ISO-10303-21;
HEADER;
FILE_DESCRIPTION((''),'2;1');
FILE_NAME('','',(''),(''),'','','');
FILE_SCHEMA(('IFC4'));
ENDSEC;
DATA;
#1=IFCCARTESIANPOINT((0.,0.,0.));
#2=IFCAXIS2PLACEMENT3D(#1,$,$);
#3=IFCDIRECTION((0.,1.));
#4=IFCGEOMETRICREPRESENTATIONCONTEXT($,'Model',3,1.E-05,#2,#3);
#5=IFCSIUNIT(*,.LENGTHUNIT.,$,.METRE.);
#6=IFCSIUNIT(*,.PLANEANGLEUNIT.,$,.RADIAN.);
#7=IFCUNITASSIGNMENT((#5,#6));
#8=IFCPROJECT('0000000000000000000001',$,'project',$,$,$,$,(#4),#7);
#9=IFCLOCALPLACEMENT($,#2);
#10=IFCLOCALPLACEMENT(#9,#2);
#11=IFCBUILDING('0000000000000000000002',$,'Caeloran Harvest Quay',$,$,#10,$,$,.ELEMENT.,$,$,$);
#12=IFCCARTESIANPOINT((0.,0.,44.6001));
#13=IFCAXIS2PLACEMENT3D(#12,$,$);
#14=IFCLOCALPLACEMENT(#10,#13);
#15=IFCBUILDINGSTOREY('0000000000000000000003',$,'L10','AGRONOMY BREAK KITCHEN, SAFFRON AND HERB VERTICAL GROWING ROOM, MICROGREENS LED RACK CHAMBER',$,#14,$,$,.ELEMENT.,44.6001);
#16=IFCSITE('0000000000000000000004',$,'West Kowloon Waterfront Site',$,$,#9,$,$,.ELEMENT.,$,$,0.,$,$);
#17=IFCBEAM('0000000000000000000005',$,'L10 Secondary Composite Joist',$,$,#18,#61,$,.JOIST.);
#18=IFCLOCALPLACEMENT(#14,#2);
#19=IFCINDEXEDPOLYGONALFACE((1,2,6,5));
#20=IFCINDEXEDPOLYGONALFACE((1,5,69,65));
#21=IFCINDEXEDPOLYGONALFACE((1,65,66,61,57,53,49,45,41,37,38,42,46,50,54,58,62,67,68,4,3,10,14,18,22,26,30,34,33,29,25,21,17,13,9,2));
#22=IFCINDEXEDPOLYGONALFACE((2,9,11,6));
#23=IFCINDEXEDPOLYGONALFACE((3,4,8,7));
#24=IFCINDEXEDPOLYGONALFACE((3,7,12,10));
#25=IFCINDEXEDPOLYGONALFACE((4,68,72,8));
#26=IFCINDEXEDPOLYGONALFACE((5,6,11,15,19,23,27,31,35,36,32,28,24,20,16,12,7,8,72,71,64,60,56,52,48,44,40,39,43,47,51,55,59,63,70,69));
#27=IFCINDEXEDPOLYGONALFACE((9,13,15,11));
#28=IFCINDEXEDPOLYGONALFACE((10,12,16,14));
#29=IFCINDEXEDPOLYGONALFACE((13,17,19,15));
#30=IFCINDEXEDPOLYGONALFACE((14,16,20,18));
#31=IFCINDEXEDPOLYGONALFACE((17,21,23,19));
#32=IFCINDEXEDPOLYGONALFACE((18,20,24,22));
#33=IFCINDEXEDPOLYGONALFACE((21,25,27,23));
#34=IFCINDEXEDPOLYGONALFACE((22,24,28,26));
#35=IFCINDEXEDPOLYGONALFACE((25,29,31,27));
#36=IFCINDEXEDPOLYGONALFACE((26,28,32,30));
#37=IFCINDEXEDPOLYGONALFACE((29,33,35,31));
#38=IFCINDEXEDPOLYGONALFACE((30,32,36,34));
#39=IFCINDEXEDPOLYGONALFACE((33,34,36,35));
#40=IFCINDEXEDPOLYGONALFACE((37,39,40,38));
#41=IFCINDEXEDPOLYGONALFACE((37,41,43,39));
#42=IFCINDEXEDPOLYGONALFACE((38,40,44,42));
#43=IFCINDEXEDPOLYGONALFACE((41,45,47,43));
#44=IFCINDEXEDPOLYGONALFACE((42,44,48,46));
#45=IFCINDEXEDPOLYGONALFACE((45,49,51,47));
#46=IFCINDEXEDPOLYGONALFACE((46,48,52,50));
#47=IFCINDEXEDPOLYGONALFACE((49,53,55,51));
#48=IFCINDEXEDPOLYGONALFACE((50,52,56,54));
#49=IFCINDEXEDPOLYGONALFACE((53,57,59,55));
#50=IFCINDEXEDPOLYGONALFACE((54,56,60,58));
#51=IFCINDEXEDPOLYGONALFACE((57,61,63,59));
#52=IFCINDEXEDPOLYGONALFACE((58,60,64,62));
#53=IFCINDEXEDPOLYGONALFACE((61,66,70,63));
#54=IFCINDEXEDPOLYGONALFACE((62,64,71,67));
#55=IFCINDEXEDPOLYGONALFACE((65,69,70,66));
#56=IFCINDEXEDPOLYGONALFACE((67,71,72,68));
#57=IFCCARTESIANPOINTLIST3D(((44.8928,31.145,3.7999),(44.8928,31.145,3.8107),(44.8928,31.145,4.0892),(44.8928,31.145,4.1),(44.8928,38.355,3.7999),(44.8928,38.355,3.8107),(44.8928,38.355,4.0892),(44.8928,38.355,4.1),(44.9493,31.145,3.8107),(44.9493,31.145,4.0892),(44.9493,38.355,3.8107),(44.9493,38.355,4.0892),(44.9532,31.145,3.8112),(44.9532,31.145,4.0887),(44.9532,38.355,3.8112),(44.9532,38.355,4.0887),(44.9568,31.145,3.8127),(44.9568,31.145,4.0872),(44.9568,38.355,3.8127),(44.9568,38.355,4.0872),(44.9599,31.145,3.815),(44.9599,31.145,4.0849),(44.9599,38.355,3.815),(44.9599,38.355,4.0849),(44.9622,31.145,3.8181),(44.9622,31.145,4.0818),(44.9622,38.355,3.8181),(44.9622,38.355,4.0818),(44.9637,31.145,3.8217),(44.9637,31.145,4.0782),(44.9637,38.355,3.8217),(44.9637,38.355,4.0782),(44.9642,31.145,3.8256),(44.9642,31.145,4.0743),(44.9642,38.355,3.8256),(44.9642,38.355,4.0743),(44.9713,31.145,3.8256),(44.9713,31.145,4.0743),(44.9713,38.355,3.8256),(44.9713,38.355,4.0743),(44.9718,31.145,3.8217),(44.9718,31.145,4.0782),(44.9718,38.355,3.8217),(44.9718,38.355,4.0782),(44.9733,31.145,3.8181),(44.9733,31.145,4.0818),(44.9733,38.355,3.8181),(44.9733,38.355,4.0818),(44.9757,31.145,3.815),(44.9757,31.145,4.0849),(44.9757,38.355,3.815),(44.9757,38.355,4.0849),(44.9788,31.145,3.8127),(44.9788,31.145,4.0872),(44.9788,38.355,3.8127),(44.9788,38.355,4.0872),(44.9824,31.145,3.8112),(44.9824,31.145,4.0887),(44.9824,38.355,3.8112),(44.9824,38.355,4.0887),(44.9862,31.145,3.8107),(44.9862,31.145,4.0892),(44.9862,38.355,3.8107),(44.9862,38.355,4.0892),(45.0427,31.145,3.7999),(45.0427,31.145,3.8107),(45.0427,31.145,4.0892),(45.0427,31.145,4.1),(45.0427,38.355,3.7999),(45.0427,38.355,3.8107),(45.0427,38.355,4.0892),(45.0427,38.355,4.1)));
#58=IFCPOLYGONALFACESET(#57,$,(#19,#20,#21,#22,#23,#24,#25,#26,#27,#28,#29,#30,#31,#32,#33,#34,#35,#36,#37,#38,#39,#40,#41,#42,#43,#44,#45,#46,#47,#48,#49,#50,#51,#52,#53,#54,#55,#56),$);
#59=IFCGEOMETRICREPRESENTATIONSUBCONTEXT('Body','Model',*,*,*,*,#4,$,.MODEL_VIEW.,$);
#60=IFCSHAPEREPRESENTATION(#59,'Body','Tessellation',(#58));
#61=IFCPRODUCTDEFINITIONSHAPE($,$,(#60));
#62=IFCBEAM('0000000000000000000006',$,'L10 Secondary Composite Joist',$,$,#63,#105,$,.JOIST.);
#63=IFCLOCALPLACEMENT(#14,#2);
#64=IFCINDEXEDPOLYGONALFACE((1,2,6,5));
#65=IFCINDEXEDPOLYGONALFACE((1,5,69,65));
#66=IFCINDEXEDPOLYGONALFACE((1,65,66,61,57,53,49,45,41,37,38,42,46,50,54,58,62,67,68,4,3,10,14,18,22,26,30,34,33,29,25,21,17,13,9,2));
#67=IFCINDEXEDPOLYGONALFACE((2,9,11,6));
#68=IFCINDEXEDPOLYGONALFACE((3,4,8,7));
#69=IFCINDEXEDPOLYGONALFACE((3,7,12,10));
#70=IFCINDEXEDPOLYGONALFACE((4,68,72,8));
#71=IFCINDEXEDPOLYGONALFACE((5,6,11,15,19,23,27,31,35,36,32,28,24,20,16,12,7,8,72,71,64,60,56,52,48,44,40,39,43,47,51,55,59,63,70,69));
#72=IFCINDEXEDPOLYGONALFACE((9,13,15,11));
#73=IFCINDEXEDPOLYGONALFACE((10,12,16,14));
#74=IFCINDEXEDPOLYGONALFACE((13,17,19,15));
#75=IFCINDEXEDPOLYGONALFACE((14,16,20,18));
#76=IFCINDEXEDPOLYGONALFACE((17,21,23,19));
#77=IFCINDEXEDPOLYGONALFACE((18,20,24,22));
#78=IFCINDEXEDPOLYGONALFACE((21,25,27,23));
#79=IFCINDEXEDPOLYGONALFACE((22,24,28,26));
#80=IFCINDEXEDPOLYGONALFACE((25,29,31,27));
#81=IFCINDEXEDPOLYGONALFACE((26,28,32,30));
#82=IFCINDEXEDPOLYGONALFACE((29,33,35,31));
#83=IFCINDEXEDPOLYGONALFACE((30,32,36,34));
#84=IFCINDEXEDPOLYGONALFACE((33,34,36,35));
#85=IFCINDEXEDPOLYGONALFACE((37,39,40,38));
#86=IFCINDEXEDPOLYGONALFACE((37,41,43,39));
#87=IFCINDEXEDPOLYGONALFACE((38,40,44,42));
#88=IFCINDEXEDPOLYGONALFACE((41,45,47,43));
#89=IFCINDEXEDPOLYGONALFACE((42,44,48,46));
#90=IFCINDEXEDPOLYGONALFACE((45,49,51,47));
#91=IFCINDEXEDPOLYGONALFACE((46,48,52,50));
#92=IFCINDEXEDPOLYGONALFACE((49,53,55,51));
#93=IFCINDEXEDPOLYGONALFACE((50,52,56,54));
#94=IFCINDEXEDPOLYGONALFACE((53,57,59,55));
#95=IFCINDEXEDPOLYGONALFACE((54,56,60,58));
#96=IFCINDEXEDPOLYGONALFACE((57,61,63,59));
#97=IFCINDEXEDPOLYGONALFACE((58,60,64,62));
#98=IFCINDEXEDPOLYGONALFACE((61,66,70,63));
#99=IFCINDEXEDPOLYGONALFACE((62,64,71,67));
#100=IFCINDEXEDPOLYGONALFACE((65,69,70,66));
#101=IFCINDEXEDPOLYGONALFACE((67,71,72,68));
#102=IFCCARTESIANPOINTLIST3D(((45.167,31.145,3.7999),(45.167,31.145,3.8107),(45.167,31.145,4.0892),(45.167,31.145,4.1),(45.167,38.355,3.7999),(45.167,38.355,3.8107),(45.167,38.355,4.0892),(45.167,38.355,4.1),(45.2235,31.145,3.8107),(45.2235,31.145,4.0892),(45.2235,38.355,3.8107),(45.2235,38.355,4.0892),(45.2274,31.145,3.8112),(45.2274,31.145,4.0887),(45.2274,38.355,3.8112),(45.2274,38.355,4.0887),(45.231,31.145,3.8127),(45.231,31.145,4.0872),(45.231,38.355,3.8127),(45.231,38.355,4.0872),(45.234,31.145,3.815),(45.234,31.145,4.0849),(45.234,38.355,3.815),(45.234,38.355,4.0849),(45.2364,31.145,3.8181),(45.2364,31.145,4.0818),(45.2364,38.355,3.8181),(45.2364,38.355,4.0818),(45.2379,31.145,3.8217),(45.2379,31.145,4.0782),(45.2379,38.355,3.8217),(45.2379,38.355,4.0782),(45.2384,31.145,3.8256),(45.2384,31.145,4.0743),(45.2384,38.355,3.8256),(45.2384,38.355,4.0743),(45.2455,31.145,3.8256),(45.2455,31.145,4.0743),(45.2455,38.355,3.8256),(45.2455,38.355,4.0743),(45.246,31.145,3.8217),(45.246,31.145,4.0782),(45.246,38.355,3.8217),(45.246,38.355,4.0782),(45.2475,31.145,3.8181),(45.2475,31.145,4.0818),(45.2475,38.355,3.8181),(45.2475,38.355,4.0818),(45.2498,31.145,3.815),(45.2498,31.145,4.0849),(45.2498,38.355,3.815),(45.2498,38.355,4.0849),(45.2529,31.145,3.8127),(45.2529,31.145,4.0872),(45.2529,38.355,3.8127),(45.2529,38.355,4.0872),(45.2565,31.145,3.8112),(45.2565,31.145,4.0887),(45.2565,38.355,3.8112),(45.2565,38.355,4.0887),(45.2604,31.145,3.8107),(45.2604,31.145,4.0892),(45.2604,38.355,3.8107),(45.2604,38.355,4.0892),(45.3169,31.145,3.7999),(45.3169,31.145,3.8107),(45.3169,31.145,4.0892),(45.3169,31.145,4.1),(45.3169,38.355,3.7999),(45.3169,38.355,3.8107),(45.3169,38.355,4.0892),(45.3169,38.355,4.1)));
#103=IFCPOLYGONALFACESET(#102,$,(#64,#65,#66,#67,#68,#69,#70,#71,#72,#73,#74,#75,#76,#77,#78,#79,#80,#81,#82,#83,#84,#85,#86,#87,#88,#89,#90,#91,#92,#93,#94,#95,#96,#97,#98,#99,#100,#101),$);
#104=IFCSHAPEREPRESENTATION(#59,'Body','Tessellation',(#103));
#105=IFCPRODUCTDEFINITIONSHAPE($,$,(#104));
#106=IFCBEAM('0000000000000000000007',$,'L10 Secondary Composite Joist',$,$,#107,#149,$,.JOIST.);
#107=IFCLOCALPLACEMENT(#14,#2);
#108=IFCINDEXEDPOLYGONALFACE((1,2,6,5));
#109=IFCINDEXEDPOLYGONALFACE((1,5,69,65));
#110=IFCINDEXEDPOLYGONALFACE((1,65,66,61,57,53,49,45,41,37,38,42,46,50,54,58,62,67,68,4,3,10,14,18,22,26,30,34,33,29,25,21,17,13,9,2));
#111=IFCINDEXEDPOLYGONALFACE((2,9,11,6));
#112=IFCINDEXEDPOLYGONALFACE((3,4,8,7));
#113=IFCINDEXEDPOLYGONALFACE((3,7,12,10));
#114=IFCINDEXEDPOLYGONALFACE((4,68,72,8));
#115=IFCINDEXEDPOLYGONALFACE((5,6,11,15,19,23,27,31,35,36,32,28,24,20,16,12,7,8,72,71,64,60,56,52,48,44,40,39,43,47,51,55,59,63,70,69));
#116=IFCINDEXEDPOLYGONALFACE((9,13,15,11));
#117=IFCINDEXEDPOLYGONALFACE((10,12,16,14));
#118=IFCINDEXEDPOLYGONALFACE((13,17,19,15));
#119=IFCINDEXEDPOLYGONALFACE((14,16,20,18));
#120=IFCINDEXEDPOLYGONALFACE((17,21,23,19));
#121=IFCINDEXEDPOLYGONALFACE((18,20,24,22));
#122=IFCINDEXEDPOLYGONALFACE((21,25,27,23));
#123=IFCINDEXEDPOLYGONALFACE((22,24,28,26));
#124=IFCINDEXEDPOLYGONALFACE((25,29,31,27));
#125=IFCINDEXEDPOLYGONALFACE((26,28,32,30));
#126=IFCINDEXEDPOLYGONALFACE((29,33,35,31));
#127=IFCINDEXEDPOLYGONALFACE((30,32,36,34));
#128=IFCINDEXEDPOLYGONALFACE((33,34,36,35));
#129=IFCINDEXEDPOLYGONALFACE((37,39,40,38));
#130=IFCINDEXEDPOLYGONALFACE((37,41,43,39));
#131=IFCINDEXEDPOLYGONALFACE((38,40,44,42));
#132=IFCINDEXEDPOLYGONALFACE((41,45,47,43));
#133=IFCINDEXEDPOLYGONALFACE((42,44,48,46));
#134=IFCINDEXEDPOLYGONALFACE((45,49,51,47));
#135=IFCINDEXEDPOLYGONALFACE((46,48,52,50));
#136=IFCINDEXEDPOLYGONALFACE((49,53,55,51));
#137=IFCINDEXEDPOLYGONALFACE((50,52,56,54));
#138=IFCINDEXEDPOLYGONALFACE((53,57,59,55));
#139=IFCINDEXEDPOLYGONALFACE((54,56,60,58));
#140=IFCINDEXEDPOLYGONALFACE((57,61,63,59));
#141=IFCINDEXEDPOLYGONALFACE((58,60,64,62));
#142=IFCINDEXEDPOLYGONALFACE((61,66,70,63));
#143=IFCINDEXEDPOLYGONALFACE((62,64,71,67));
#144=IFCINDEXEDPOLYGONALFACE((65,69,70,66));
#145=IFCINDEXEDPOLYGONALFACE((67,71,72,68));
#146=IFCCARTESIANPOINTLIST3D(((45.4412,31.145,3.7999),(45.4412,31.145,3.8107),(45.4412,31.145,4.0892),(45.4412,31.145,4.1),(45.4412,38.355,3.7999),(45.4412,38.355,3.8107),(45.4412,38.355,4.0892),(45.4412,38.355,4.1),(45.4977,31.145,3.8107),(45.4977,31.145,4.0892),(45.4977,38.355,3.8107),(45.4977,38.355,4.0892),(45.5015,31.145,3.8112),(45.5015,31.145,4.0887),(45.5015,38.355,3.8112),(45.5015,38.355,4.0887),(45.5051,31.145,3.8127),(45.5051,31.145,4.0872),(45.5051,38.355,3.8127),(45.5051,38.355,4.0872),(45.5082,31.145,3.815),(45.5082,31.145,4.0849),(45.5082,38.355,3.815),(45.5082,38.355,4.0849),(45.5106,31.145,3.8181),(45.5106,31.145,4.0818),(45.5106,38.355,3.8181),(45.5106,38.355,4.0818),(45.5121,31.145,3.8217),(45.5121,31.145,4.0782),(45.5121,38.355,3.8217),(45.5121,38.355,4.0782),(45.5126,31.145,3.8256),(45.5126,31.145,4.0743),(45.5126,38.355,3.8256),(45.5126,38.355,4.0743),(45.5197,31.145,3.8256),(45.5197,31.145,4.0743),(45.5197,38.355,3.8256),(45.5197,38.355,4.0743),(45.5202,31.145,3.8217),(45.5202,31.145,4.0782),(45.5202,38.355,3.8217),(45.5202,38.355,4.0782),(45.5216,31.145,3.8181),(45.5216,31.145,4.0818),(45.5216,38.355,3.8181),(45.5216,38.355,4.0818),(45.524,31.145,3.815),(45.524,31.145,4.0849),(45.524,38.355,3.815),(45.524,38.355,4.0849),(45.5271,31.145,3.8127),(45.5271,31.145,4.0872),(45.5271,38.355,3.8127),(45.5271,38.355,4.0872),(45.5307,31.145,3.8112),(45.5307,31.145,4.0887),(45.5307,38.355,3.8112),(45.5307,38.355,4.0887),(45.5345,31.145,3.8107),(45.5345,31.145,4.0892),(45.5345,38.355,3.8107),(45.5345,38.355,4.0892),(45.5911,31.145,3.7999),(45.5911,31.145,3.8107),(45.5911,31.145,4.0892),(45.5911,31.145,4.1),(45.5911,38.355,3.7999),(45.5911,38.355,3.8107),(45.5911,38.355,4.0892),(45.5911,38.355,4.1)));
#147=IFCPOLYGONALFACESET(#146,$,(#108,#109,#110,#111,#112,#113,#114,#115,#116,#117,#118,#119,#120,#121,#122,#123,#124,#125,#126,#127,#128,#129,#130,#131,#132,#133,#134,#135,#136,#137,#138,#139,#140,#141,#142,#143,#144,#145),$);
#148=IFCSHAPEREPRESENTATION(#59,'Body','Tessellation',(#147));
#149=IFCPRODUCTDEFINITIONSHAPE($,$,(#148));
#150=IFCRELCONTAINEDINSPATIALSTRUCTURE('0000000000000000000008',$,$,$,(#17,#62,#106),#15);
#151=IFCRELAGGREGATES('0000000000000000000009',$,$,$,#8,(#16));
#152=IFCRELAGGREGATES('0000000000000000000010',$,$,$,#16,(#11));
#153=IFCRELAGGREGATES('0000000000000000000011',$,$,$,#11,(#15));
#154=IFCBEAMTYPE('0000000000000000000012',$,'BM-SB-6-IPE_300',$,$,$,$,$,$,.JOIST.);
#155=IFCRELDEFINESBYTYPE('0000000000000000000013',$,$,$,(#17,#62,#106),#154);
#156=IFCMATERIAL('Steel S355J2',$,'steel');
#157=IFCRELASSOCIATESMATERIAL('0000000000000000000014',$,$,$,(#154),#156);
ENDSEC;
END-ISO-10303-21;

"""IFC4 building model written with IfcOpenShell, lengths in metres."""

from ifc_helpers import new_model, si_unit, direction, frame, origin, origin_2d, place, context, subcontext, project, spatial, i_section, extrude, material, material_profile, profile_set, type_object, element, save


model = new_model("IFC4")

# Units and contexts
model_context = context("Model", 3, precision=1e-05, world=origin(), true_north=direction((0.0, 1.0)))
body_context = subcontext(model_context, "Body", "Model", "MODEL_VIEW")
ifc_project = project(units=[si_unit("LENGTHUNIT", "METRE"), si_unit("PLANEANGLEUNIT", "RADIAN")], contexts=[model_context])

# Site, building, storey
site_placement = place(None, origin())
site = spatial("IfcSite", under=ifc_project, at=site_placement, Name="West Kowloon Waterfront Site", CompositionType="ELEMENT", RefElevation=0.0)
building_placement = place(site_placement, origin())
building = spatial("IfcBuilding", under=site, at=building_placement, Name="Caeloran Harvest Quay", CompositionType="ELEMENT")
storey_placement = place(building_placement, frame((0.0, 0.0, 44.6001)))
storey = spatial("IfcBuildingStorey", under=building, at=storey_placement, Name="L10", Description="AGRONOMY BREAK KITCHEN, SAFFRON AND HERB VERTICAL GROWING ROOM, MICROGREENS LED RACK CHAMBER", CompositionType="ELEMENT", Elevation=44.6001)

# Beams
ifc_material_1 = material(Name="Steel S355J2", Category="steel")
ifc_material_profile_1 = material_profile(ifc_material_1, i_section(OverallWidth=0.1499, OverallDepth=0.3, WebThickness=0.0071, FlangeThickness=0.0107, FilletRadius=0.0149, at=origin_2d()), Name="IPE 300")
ifc_profile_set_1 = profile_set([ifc_material_profile_1], Name="Steel S355J2")
beam_type_1 = type_object("IfcBeamType", Name="BM-SB-6-IPE_300", PredefinedType="JOIST", material=ifc_profile_set_1)
for number, where, z_axis, x_axis, name in (
    (1, (44.9678, 31.145, 3.95), (0.0, 1.0, 0.0), (-1.0, 0.0, 0.0), "L10 Secondary Composite Joist"),
    (2, (45.2419, 31.145, 3.95), (0.0, 1.0, 0.0), (-1.0, 0.0, 0.0), "L10 Secondary Composite Joist"),
    (3, (45.5161, 31.145, 3.95), (0.0, 1.0, 0.0), (-1.0, 0.0, 0.0), "L10 Secondary Composite Joist"),
):
    element("IfcBeam", number, at=place(storey_placement, frame(where, z_axis=z_axis, x_axis=x_axis)), inside=storey, type_object=beam_type_1, Name=name, PredefinedType="JOIST", context=body_context, shape_type="SweptSolid", body=[
        extrude(i_section(OverallWidth=0.1499, OverallDepth=0.3, WebThickness=0.0071, FlangeThickness=0.0107, FilletRadius=0.0149, at=origin_2d()), origin(), (0.0, 0.0, 1.0), 7.21),
    ])

save(model, "model.ifc")
